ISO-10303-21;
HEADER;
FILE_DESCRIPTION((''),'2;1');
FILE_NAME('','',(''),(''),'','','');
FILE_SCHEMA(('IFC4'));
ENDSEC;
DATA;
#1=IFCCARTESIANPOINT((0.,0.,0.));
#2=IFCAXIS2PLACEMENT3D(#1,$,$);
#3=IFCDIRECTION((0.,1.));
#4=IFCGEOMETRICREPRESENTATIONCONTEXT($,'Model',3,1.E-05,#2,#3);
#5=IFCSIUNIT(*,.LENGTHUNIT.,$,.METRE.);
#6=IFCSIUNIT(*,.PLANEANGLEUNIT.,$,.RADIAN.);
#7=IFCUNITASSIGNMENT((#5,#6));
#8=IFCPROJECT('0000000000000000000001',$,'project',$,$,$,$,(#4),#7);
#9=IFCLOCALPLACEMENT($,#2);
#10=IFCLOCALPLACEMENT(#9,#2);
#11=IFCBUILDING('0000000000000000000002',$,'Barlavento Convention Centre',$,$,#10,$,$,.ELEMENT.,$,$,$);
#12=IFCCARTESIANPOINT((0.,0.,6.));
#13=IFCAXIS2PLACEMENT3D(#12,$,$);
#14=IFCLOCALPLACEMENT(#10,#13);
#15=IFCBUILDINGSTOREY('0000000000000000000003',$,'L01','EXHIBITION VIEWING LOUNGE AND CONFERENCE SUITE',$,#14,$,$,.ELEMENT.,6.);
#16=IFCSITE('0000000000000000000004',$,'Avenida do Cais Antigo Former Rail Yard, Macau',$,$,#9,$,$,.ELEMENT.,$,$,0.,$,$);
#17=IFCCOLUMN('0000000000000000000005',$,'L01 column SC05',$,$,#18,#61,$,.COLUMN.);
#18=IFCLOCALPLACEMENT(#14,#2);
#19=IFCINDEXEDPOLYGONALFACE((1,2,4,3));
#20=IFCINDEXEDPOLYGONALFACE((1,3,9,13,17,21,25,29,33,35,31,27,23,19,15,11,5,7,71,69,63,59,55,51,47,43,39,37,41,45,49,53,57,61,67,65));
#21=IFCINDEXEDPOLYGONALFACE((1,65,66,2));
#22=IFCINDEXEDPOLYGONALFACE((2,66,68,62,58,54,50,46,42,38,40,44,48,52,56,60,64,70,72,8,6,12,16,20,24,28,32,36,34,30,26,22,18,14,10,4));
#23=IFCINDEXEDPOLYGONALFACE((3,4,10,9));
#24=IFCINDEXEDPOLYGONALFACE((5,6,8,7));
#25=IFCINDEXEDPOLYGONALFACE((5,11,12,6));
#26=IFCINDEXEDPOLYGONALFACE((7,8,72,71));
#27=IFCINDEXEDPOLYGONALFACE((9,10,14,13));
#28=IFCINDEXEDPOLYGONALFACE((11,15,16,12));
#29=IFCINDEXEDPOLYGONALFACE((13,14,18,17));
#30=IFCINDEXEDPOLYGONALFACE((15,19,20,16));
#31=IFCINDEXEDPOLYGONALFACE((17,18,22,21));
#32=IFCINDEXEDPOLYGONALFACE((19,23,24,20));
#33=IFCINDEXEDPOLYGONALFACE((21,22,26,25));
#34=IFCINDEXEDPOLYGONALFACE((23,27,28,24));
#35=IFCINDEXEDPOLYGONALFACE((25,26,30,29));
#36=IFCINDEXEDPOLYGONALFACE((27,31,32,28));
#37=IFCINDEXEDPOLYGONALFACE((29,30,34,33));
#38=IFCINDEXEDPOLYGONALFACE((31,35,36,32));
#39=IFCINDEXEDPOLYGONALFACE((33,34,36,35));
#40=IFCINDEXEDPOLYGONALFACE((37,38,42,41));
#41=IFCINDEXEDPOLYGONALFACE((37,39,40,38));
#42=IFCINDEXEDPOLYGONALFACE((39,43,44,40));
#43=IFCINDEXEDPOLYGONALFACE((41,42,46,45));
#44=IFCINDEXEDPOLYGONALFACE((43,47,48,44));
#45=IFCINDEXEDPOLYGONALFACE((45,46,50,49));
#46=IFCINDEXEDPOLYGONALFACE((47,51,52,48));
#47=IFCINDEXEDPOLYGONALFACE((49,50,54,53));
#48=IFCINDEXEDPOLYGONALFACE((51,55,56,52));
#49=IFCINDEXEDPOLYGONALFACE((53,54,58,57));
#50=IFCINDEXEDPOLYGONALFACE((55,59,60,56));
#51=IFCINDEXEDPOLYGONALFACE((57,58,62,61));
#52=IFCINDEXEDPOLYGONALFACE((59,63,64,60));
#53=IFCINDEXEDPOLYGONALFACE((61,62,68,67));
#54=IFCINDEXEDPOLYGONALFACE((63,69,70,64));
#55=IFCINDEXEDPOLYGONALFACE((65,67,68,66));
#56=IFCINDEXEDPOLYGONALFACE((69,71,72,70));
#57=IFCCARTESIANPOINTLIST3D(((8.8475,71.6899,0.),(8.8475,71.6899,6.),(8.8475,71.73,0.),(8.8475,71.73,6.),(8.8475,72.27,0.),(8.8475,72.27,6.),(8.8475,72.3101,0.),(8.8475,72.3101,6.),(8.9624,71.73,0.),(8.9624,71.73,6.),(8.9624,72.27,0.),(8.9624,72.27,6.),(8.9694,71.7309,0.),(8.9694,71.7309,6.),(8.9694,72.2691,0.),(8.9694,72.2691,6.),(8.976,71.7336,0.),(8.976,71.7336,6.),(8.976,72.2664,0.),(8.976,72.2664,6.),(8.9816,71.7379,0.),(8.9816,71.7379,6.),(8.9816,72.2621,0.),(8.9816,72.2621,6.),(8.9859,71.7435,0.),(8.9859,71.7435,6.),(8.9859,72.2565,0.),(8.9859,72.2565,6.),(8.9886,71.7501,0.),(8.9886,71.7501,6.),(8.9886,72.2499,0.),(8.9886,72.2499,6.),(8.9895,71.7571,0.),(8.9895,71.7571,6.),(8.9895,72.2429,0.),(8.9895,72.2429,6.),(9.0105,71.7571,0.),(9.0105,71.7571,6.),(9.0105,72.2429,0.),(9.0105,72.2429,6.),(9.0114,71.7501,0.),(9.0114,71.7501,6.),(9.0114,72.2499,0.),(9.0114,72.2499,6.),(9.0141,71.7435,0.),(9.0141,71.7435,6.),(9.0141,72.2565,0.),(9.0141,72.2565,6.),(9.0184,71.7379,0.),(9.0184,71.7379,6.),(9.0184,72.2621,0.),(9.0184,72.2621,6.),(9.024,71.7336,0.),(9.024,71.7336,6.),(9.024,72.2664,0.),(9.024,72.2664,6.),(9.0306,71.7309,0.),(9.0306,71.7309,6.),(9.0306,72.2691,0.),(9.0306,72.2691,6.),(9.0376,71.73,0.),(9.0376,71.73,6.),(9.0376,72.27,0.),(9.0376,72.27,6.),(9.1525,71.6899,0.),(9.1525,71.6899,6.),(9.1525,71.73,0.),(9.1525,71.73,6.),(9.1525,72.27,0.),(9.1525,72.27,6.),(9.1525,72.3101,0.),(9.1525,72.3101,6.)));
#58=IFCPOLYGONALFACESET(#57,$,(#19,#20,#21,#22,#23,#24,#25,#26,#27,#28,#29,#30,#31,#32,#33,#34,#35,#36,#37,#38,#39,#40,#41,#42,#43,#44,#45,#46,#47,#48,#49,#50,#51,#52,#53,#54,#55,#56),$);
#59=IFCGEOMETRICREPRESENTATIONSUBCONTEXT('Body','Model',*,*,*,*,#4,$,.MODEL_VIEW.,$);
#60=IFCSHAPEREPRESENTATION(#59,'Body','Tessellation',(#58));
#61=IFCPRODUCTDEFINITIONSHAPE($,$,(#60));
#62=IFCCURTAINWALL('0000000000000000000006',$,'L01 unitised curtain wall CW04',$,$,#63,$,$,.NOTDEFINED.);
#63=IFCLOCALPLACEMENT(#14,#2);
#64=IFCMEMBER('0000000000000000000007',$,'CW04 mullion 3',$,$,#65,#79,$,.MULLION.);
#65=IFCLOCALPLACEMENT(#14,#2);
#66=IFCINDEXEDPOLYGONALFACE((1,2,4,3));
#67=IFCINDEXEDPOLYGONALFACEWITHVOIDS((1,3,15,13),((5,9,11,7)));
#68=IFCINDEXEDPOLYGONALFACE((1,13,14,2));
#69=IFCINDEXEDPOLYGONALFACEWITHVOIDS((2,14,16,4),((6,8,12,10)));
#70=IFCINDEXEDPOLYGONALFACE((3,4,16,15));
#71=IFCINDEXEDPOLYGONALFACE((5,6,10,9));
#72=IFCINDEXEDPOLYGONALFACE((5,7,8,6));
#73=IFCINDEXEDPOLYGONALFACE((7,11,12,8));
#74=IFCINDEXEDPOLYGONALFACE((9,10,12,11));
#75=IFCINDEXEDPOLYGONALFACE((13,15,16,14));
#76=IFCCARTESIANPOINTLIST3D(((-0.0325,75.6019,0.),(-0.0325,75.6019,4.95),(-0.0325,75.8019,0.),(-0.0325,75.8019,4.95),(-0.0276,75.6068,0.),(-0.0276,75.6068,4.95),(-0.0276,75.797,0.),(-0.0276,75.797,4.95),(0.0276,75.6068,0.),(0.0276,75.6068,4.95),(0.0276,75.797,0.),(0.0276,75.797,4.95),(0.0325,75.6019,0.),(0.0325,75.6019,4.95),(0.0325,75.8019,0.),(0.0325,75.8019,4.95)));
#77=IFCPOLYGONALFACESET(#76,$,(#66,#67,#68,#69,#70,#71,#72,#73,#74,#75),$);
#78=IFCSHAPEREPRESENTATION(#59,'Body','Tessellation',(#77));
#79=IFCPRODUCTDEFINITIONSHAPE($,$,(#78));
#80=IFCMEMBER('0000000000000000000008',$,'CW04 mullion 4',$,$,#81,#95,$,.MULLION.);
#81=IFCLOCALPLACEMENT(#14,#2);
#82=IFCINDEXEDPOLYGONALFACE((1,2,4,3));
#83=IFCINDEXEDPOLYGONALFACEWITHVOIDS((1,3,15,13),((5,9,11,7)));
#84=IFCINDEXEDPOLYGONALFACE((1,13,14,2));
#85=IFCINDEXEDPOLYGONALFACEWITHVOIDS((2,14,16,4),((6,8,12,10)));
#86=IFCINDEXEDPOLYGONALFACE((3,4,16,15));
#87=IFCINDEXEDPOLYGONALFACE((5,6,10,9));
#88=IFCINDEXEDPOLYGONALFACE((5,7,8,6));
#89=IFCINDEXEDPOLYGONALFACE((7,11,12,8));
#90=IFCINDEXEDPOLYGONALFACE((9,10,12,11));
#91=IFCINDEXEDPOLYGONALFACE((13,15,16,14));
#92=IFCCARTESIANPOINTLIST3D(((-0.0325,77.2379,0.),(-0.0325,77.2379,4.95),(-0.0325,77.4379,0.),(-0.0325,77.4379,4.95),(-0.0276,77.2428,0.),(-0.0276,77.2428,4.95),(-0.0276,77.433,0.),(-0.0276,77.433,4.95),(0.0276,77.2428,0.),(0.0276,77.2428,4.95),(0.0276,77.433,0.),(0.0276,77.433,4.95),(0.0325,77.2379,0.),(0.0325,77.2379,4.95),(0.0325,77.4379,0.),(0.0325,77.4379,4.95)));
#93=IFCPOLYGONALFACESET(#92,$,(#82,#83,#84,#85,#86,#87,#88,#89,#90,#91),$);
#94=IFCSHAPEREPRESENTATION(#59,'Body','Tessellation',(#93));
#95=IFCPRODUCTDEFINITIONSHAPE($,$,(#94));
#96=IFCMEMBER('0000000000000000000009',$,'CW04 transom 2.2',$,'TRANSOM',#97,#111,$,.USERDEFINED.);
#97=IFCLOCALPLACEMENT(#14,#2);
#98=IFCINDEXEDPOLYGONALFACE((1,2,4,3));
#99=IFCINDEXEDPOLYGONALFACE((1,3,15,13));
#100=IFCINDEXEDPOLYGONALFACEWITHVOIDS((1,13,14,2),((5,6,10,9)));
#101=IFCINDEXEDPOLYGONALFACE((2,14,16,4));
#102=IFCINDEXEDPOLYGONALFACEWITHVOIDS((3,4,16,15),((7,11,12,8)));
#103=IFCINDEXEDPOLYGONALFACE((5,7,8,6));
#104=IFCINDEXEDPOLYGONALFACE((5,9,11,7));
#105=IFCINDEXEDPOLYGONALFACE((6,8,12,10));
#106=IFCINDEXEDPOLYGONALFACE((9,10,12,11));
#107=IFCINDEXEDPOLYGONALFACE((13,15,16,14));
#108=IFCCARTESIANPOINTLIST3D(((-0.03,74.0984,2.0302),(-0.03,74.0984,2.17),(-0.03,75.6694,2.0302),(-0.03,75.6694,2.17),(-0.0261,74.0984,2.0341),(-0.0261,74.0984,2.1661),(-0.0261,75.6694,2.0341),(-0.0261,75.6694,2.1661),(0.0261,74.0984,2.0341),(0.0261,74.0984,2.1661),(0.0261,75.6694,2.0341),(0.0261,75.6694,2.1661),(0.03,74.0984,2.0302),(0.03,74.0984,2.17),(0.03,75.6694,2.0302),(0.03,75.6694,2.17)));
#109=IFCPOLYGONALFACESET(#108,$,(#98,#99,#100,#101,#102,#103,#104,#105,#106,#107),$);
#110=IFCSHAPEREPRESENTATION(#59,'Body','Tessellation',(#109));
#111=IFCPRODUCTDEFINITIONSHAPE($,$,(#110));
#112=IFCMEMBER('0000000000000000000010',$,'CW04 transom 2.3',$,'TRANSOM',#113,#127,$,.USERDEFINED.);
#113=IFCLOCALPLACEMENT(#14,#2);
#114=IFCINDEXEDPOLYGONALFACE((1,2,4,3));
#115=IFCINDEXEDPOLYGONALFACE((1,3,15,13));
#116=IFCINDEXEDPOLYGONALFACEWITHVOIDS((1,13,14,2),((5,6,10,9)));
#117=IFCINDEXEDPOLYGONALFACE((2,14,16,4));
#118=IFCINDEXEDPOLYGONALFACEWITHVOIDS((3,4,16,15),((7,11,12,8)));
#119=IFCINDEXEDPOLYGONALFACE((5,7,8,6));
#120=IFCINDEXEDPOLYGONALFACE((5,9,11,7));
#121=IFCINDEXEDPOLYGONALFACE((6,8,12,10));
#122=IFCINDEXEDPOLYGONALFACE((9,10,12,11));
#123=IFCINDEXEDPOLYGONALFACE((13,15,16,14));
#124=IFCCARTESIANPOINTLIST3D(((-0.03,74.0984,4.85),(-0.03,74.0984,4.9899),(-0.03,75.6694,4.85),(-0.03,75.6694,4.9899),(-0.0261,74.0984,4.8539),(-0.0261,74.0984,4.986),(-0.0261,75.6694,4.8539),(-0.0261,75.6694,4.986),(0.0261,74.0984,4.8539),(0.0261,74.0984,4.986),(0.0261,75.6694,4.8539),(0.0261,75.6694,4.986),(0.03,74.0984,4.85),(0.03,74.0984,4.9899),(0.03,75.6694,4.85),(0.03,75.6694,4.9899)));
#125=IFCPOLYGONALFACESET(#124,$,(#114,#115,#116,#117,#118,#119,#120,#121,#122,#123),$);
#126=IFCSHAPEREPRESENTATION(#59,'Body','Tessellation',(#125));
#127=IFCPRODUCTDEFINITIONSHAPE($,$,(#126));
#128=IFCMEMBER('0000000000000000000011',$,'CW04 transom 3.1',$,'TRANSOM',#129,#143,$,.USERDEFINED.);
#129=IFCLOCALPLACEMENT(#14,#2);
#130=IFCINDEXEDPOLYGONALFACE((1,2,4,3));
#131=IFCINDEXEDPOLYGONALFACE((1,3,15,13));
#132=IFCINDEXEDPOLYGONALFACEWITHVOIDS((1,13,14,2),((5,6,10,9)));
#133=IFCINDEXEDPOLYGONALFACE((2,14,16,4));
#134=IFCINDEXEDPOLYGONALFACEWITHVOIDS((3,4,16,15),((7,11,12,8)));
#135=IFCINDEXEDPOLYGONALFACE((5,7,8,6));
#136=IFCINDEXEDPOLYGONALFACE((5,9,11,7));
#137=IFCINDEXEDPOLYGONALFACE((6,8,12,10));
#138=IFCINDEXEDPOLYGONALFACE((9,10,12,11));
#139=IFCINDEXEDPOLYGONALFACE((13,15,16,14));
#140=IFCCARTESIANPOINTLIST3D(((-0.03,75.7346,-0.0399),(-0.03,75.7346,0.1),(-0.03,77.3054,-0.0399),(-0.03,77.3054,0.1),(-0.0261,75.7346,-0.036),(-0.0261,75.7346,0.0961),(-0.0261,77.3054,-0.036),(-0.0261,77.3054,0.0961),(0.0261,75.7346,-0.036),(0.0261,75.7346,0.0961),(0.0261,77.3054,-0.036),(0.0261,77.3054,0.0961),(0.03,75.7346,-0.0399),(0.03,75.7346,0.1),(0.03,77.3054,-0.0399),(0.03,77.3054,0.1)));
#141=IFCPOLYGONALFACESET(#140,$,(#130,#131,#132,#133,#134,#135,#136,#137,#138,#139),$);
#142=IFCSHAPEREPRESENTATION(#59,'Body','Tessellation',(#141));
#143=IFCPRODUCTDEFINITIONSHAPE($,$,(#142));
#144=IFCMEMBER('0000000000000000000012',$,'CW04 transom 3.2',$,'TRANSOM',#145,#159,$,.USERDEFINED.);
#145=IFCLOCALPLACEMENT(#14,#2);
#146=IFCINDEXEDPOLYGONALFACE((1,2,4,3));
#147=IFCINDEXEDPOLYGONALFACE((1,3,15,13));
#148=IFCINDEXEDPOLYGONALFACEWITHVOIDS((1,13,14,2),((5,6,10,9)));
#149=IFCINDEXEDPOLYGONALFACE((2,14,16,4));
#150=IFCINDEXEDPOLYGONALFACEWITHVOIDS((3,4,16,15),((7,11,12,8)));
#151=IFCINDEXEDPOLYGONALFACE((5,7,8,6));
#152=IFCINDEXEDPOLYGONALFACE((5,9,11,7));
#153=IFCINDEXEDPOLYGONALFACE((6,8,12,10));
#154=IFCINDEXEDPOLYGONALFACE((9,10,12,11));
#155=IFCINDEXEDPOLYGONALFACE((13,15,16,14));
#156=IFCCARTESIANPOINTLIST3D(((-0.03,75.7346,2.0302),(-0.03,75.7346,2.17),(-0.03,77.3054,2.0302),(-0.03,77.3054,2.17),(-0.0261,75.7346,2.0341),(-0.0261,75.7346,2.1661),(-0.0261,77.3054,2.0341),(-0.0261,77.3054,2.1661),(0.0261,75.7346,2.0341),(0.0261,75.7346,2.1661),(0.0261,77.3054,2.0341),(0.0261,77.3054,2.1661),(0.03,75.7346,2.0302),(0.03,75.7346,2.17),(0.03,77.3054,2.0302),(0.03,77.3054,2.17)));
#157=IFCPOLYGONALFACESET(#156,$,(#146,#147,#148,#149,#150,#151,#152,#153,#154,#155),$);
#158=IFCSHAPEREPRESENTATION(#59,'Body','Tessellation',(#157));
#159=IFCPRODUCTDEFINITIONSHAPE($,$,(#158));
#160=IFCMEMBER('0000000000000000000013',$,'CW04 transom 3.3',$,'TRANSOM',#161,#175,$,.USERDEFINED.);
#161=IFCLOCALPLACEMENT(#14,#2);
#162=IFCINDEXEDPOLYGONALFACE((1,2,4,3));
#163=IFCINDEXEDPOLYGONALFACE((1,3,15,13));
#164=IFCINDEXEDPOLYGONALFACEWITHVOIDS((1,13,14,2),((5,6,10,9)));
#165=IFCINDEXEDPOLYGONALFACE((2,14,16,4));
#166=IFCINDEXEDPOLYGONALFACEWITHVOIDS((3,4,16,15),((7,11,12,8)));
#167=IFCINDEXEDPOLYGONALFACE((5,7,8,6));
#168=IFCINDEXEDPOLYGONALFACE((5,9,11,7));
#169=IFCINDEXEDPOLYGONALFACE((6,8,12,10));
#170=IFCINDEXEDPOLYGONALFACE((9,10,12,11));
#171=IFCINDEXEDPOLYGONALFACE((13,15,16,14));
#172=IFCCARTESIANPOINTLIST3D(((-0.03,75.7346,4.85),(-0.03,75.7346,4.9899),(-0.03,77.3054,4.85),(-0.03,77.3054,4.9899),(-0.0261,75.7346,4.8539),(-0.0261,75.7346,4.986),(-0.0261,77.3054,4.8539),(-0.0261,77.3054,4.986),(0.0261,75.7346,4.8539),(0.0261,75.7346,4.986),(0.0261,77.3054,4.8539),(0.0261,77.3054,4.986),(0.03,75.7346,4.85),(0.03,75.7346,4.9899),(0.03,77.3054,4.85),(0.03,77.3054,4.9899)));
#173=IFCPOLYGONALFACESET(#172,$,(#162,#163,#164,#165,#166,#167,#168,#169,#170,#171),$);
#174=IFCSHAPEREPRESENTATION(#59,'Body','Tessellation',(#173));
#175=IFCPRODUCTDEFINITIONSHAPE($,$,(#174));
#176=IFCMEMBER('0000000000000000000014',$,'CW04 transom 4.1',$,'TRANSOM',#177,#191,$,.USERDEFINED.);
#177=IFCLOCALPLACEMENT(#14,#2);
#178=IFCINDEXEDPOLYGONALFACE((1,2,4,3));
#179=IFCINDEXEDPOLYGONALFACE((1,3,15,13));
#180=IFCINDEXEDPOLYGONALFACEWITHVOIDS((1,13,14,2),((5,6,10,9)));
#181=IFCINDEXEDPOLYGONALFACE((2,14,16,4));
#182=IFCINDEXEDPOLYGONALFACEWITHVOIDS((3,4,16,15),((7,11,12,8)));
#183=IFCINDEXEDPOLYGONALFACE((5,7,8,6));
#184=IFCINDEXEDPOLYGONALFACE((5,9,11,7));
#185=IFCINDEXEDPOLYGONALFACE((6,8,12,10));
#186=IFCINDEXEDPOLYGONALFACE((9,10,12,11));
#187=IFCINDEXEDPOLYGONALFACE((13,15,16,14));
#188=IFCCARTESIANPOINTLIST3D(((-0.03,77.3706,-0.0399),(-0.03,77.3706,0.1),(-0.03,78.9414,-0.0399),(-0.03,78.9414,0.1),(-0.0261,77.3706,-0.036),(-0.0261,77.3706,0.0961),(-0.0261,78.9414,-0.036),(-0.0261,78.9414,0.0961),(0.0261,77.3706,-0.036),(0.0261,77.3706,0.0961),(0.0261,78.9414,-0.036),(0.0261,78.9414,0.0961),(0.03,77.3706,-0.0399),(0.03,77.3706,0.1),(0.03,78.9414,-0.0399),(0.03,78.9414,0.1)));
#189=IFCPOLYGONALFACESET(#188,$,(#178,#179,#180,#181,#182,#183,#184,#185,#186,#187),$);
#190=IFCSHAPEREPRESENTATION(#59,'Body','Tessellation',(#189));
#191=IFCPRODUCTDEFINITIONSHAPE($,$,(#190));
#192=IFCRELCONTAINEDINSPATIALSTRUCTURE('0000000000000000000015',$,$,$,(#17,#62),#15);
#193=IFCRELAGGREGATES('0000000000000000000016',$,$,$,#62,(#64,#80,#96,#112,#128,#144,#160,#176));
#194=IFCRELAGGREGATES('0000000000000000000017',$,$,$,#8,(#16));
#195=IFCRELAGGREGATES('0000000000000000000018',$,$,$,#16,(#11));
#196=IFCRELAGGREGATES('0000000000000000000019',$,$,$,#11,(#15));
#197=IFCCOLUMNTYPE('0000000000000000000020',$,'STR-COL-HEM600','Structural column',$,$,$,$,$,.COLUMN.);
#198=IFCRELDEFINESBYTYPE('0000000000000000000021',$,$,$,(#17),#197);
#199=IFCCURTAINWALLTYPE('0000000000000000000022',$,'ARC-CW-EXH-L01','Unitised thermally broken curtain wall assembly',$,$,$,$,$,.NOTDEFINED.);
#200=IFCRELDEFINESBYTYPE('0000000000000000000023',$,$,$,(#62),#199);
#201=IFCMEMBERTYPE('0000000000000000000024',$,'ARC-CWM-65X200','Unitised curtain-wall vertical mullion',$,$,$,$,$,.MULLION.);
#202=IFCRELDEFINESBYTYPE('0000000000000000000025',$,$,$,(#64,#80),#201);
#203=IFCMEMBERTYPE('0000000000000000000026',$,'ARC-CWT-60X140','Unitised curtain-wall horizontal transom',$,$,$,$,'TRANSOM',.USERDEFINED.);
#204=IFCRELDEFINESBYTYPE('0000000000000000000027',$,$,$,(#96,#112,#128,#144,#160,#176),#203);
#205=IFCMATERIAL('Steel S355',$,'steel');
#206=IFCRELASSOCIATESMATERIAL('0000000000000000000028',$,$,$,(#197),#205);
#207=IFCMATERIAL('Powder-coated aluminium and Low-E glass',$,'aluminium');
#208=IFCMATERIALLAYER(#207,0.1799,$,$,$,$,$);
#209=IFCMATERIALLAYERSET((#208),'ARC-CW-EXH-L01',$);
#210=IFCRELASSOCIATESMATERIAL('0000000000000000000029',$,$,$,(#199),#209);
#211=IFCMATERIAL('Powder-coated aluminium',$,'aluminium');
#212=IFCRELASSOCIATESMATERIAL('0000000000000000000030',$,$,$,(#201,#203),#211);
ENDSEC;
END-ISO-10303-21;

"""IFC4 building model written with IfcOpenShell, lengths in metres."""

from ifc_helpers import new_model, si_unit, direction, frame, origin, origin_2d, place, context, subcontext, project, spatial, hollow_rectangle, i_section, extrude, material, layer, layer_set, material_profile, profile_set, type_object, element, aggregate, save


model = new_model("IFC4")

# Units and contexts
model_context = context("Model", 3, precision=1e-05, world=origin(), true_north=direction((0.0, 1.0)))
body_context = subcontext(model_context, "Body", "Model", "MODEL_VIEW")
ifc_project = project(units=[si_unit("LENGTHUNIT", "METRE"), si_unit("PLANEANGLEUNIT", "RADIAN")], contexts=[model_context])

# Site, building, storey
site_placement = place(None, origin())
site = spatial("IfcSite", under=ifc_project, at=site_placement, Name="Avenida do Cais Antigo Former Rail Yard, Macau", CompositionType="ELEMENT", RefElevation=0.0)
building_placement = place(site_placement, origin())
building = spatial("IfcBuilding", under=site, at=building_placement, Name="Barlavento Convention Centre", CompositionType="ELEMENT")
storey_placement = place(building_placement, frame((0.0, 0.0, 6.0)))
storey = spatial("IfcBuildingStorey", under=building, at=storey_placement, Name="L01", Description="EXHIBITION VIEWING LOUNGE AND CONFERENCE SUITE", CompositionType="ELEMENT", Elevation=6.0)

# Column
ifc_material_1 = material(Name="Steel S355", Category="steel")
ifc_material_profile_1 = material_profile(ifc_material_1, i_section(OverallWidth=0.3049, OverallDepth=0.6201, WebThickness=0.021, FlangeThickness=0.04, FilletRadius=0.0271, at=origin_2d()), Name="HEM 600")
ifc_profile_set_1 = profile_set([ifc_material_profile_1], Name="Steel S355")
column_type = type_object("IfcColumnType", Name="STR-COL-HEM600", Description="Structural column", PredefinedType="COLUMN", material=ifc_profile_set_1)
column_placement = place(storey_placement, frame((9.0, 72.0, 0.0), z_axis=(0.0, 0.0, 1.0), x_axis=(1.0, 0.0, 0.0)))
element("IfcColumn", 1, at=column_placement, inside=storey, type_object=column_type, Name="L01 column SC05", PredefinedType="COLUMN", context=body_context, shape_type="SweptSolid", body=[
    extrude(i_section(OverallWidth=0.3049, OverallDepth=0.6201, WebThickness=0.021, FlangeThickness=0.04, FilletRadius=0.0271, at=origin_2d()), origin(), (0.0, 0.0, 1.0), 6.0),
])

# Curtain wall, members
ifc_material_2 = material(Name="Powder-coated aluminium and Low-E glass", Category="aluminium")
ifc_layer_1 = layer(ifc_material_2, 0.1799)
ifc_layer_set_1 = layer_set([ifc_layer_1], Name="ARC-CW-EXH-L01")
curtain_wall_type = type_object("IfcCurtainWallType", Name="ARC-CW-EXH-L01", Description="Unitised thermally broken curtain wall assembly", PredefinedType="NOTDEFINED", material=ifc_layer_set_1)
curtain_wall_placement = place(storey_placement, origin())
curtain_wall = element("IfcCurtainWall", 2, at=curtain_wall_placement, inside=storey, type_object=curtain_wall_type, Name="L01 unitised curtain wall CW04", PredefinedType="NOTDEFINED")
ifc_material_3 = material(Name="Powder-coated aluminium", Category="aluminium")
ifc_material_profile_2 = material_profile(ifc_material_3, hollow_rectangle(XDim=0.0649, YDim=0.2, WallThickness=0.0049, at=origin_2d()), Name="AL-MULL 65x200x5")
ifc_profile_set_2 = profile_set([ifc_material_profile_2], Name="Powder-coated aluminium")
member_type_1 = type_object("IfcMemberType", Name="ARC-CWM-65X200", Description="Unitised curtain-wall vertical mullion", PredefinedType="MULLION", material=ifc_profile_set_2)
member_1_placement = place(storey_placement, frame((0.0, 75.7019, 0.0), z_axis=(0.0, 0.0, 1.0), x_axis=(-1.0, 0.0, 0.0)))
member_1 = element("IfcMember", 3, at=member_1_placement, type_object=member_type_1, Name="CW04 mullion 3", PredefinedType="MULLION", context=body_context, shape_type="SweptSolid", body=[
    extrude(hollow_rectangle(XDim=0.0649, YDim=0.2, WallThickness=0.0049, at=origin_2d()), origin(), (0.0, 0.0, 1.0), 4.95),
])
member_2_placement = place(storey_placement, frame((0.0, 77.3379, 0.0), z_axis=(0.0, 0.0, 1.0), x_axis=(-1.0, 0.0, 0.0)))
member_2 = element("IfcMember", 4, at=member_2_placement, type_object=member_type_1, Name="CW04 mullion 4", PredefinedType="MULLION", context=body_context, shape_type="SweptSolid", body=[
    extrude(hollow_rectangle(XDim=0.0649, YDim=0.2, WallThickness=0.0049, at=origin_2d()), origin(), (0.0, 0.0, 1.0), 4.95),
])
ifc_material_profile_3 = material_profile(ifc_material_3, hollow_rectangle(XDim=0.0601, YDim=0.1399, WallThickness=0.0039, at=origin_2d()), Name="AL-TRAN 60x140x4")
ifc_profile_set_3 = profile_set([ifc_material_profile_3], Name="Powder-coated aluminium")
member_type_2 = type_object("IfcMemberType", Name="ARC-CWT-60X140", Description="Unitised curtain-wall horizontal transom", ElementType="TRANSOM", PredefinedType="USERDEFINED", material=ifc_profile_set_3)
member_3_placement = place(storey_placement, frame((0.0, 74.0984, 2.1001), z_axis=(0.0, 1.0, 0.0), x_axis=(-1.0, 0.0, 0.0)))
member_3 = element("IfcMember", 5, at=member_3_placement, type_object=member_type_2, Name="CW04 transom 2.2", ObjectType="TRANSOM", PredefinedType="USERDEFINED", context=body_context, shape_type="SweptSolid", body=[
    extrude(hollow_rectangle(XDim=0.0601, YDim=0.1399, WallThickness=0.0039, at=origin_2d()), origin(), (0.0, 0.0, 1.0), 1.571),
])
member_4_placement = place(storey_placement, frame((0.0, 74.0984, 4.9199), z_axis=(0.0, 1.0, 0.0), x_axis=(-1.0, 0.0, 0.0)))
member_4 = element("IfcMember", 6, at=member_4_placement, type_object=member_type_2, Name="CW04 transom 2.3", ObjectType="TRANSOM", PredefinedType="USERDEFINED", context=body_context, shape_type="SweptSolid", body=[
    extrude(hollow_rectangle(XDim=0.0601, YDim=0.1399, WallThickness=0.0039, at=origin_2d()), origin(), (0.0, 0.0, 1.0), 1.571),
])
member_5_placement = place(storey_placement, frame((0.0, 75.7346, 0.03), z_axis=(0.0, 1.0, 0.0), x_axis=(-1.0, 0.0, 0.0)))
member_5 = element("IfcMember", 7, at=member_5_placement, type_object=member_type_2, Name="CW04 transom 3.1", ObjectType="TRANSOM", PredefinedType="USERDEFINED", context=body_context, shape_type="SweptSolid", body=[
    extrude(hollow_rectangle(XDim=0.0601, YDim=0.1399, WallThickness=0.0039, at=origin_2d()), origin(), (0.0, 0.0, 1.0), 1.5708),
])
member_6_placement = place(storey_placement, frame((0.0, 75.7346, 2.1001), z_axis=(0.0, 1.0, 0.0), x_axis=(-1.0, 0.0, 0.0)))
member_6 = element("IfcMember", 8, at=member_6_placement, type_object=member_type_2, Name="CW04 transom 3.2", ObjectType="TRANSOM", PredefinedType="USERDEFINED", context=body_context, shape_type="SweptSolid", body=[
    extrude(hollow_rectangle(XDim=0.0601, YDim=0.1399, WallThickness=0.0039, at=origin_2d()), origin(), (0.0, 0.0, 1.0), 1.5708),
])
member_7_placement = place(storey_placement, frame((0.0, 75.7346, 4.9199), z_axis=(0.0, 1.0, 0.0), x_axis=(-1.0, 0.0, 0.0)))
member_7 = element("IfcMember", 9, at=member_7_placement, type_object=member_type_2, Name="CW04 transom 3.3", ObjectType="TRANSOM", PredefinedType="USERDEFINED", context=body_context, shape_type="SweptSolid", body=[
    extrude(hollow_rectangle(XDim=0.0601, YDim=0.1399, WallThickness=0.0039, at=origin_2d()), origin(), (0.0, 0.0, 1.0), 1.5708),
])
member_8_placement = place(storey_placement, frame((0.0, 77.3706, 0.03), z_axis=(0.0, 1.0, 0.0), x_axis=(-1.0, 0.0, 0.0)))
member_8 = element("IfcMember", 10, at=member_8_placement, type_object=member_type_2, Name="CW04 transom 4.1", ObjectType="TRANSOM", PredefinedType="USERDEFINED", context=body_context, shape_type="SweptSolid", body=[
    extrude(hollow_rectangle(XDim=0.0601, YDim=0.1399, WallThickness=0.0039, at=origin_2d()), origin(), (0.0, 0.0, 1.0), 1.5708),
])

aggregate(curtain_wall, [member_1, member_2, member_3, member_4, member_5, member_6, member_7, member_8])

save(model, "model.ifc")
